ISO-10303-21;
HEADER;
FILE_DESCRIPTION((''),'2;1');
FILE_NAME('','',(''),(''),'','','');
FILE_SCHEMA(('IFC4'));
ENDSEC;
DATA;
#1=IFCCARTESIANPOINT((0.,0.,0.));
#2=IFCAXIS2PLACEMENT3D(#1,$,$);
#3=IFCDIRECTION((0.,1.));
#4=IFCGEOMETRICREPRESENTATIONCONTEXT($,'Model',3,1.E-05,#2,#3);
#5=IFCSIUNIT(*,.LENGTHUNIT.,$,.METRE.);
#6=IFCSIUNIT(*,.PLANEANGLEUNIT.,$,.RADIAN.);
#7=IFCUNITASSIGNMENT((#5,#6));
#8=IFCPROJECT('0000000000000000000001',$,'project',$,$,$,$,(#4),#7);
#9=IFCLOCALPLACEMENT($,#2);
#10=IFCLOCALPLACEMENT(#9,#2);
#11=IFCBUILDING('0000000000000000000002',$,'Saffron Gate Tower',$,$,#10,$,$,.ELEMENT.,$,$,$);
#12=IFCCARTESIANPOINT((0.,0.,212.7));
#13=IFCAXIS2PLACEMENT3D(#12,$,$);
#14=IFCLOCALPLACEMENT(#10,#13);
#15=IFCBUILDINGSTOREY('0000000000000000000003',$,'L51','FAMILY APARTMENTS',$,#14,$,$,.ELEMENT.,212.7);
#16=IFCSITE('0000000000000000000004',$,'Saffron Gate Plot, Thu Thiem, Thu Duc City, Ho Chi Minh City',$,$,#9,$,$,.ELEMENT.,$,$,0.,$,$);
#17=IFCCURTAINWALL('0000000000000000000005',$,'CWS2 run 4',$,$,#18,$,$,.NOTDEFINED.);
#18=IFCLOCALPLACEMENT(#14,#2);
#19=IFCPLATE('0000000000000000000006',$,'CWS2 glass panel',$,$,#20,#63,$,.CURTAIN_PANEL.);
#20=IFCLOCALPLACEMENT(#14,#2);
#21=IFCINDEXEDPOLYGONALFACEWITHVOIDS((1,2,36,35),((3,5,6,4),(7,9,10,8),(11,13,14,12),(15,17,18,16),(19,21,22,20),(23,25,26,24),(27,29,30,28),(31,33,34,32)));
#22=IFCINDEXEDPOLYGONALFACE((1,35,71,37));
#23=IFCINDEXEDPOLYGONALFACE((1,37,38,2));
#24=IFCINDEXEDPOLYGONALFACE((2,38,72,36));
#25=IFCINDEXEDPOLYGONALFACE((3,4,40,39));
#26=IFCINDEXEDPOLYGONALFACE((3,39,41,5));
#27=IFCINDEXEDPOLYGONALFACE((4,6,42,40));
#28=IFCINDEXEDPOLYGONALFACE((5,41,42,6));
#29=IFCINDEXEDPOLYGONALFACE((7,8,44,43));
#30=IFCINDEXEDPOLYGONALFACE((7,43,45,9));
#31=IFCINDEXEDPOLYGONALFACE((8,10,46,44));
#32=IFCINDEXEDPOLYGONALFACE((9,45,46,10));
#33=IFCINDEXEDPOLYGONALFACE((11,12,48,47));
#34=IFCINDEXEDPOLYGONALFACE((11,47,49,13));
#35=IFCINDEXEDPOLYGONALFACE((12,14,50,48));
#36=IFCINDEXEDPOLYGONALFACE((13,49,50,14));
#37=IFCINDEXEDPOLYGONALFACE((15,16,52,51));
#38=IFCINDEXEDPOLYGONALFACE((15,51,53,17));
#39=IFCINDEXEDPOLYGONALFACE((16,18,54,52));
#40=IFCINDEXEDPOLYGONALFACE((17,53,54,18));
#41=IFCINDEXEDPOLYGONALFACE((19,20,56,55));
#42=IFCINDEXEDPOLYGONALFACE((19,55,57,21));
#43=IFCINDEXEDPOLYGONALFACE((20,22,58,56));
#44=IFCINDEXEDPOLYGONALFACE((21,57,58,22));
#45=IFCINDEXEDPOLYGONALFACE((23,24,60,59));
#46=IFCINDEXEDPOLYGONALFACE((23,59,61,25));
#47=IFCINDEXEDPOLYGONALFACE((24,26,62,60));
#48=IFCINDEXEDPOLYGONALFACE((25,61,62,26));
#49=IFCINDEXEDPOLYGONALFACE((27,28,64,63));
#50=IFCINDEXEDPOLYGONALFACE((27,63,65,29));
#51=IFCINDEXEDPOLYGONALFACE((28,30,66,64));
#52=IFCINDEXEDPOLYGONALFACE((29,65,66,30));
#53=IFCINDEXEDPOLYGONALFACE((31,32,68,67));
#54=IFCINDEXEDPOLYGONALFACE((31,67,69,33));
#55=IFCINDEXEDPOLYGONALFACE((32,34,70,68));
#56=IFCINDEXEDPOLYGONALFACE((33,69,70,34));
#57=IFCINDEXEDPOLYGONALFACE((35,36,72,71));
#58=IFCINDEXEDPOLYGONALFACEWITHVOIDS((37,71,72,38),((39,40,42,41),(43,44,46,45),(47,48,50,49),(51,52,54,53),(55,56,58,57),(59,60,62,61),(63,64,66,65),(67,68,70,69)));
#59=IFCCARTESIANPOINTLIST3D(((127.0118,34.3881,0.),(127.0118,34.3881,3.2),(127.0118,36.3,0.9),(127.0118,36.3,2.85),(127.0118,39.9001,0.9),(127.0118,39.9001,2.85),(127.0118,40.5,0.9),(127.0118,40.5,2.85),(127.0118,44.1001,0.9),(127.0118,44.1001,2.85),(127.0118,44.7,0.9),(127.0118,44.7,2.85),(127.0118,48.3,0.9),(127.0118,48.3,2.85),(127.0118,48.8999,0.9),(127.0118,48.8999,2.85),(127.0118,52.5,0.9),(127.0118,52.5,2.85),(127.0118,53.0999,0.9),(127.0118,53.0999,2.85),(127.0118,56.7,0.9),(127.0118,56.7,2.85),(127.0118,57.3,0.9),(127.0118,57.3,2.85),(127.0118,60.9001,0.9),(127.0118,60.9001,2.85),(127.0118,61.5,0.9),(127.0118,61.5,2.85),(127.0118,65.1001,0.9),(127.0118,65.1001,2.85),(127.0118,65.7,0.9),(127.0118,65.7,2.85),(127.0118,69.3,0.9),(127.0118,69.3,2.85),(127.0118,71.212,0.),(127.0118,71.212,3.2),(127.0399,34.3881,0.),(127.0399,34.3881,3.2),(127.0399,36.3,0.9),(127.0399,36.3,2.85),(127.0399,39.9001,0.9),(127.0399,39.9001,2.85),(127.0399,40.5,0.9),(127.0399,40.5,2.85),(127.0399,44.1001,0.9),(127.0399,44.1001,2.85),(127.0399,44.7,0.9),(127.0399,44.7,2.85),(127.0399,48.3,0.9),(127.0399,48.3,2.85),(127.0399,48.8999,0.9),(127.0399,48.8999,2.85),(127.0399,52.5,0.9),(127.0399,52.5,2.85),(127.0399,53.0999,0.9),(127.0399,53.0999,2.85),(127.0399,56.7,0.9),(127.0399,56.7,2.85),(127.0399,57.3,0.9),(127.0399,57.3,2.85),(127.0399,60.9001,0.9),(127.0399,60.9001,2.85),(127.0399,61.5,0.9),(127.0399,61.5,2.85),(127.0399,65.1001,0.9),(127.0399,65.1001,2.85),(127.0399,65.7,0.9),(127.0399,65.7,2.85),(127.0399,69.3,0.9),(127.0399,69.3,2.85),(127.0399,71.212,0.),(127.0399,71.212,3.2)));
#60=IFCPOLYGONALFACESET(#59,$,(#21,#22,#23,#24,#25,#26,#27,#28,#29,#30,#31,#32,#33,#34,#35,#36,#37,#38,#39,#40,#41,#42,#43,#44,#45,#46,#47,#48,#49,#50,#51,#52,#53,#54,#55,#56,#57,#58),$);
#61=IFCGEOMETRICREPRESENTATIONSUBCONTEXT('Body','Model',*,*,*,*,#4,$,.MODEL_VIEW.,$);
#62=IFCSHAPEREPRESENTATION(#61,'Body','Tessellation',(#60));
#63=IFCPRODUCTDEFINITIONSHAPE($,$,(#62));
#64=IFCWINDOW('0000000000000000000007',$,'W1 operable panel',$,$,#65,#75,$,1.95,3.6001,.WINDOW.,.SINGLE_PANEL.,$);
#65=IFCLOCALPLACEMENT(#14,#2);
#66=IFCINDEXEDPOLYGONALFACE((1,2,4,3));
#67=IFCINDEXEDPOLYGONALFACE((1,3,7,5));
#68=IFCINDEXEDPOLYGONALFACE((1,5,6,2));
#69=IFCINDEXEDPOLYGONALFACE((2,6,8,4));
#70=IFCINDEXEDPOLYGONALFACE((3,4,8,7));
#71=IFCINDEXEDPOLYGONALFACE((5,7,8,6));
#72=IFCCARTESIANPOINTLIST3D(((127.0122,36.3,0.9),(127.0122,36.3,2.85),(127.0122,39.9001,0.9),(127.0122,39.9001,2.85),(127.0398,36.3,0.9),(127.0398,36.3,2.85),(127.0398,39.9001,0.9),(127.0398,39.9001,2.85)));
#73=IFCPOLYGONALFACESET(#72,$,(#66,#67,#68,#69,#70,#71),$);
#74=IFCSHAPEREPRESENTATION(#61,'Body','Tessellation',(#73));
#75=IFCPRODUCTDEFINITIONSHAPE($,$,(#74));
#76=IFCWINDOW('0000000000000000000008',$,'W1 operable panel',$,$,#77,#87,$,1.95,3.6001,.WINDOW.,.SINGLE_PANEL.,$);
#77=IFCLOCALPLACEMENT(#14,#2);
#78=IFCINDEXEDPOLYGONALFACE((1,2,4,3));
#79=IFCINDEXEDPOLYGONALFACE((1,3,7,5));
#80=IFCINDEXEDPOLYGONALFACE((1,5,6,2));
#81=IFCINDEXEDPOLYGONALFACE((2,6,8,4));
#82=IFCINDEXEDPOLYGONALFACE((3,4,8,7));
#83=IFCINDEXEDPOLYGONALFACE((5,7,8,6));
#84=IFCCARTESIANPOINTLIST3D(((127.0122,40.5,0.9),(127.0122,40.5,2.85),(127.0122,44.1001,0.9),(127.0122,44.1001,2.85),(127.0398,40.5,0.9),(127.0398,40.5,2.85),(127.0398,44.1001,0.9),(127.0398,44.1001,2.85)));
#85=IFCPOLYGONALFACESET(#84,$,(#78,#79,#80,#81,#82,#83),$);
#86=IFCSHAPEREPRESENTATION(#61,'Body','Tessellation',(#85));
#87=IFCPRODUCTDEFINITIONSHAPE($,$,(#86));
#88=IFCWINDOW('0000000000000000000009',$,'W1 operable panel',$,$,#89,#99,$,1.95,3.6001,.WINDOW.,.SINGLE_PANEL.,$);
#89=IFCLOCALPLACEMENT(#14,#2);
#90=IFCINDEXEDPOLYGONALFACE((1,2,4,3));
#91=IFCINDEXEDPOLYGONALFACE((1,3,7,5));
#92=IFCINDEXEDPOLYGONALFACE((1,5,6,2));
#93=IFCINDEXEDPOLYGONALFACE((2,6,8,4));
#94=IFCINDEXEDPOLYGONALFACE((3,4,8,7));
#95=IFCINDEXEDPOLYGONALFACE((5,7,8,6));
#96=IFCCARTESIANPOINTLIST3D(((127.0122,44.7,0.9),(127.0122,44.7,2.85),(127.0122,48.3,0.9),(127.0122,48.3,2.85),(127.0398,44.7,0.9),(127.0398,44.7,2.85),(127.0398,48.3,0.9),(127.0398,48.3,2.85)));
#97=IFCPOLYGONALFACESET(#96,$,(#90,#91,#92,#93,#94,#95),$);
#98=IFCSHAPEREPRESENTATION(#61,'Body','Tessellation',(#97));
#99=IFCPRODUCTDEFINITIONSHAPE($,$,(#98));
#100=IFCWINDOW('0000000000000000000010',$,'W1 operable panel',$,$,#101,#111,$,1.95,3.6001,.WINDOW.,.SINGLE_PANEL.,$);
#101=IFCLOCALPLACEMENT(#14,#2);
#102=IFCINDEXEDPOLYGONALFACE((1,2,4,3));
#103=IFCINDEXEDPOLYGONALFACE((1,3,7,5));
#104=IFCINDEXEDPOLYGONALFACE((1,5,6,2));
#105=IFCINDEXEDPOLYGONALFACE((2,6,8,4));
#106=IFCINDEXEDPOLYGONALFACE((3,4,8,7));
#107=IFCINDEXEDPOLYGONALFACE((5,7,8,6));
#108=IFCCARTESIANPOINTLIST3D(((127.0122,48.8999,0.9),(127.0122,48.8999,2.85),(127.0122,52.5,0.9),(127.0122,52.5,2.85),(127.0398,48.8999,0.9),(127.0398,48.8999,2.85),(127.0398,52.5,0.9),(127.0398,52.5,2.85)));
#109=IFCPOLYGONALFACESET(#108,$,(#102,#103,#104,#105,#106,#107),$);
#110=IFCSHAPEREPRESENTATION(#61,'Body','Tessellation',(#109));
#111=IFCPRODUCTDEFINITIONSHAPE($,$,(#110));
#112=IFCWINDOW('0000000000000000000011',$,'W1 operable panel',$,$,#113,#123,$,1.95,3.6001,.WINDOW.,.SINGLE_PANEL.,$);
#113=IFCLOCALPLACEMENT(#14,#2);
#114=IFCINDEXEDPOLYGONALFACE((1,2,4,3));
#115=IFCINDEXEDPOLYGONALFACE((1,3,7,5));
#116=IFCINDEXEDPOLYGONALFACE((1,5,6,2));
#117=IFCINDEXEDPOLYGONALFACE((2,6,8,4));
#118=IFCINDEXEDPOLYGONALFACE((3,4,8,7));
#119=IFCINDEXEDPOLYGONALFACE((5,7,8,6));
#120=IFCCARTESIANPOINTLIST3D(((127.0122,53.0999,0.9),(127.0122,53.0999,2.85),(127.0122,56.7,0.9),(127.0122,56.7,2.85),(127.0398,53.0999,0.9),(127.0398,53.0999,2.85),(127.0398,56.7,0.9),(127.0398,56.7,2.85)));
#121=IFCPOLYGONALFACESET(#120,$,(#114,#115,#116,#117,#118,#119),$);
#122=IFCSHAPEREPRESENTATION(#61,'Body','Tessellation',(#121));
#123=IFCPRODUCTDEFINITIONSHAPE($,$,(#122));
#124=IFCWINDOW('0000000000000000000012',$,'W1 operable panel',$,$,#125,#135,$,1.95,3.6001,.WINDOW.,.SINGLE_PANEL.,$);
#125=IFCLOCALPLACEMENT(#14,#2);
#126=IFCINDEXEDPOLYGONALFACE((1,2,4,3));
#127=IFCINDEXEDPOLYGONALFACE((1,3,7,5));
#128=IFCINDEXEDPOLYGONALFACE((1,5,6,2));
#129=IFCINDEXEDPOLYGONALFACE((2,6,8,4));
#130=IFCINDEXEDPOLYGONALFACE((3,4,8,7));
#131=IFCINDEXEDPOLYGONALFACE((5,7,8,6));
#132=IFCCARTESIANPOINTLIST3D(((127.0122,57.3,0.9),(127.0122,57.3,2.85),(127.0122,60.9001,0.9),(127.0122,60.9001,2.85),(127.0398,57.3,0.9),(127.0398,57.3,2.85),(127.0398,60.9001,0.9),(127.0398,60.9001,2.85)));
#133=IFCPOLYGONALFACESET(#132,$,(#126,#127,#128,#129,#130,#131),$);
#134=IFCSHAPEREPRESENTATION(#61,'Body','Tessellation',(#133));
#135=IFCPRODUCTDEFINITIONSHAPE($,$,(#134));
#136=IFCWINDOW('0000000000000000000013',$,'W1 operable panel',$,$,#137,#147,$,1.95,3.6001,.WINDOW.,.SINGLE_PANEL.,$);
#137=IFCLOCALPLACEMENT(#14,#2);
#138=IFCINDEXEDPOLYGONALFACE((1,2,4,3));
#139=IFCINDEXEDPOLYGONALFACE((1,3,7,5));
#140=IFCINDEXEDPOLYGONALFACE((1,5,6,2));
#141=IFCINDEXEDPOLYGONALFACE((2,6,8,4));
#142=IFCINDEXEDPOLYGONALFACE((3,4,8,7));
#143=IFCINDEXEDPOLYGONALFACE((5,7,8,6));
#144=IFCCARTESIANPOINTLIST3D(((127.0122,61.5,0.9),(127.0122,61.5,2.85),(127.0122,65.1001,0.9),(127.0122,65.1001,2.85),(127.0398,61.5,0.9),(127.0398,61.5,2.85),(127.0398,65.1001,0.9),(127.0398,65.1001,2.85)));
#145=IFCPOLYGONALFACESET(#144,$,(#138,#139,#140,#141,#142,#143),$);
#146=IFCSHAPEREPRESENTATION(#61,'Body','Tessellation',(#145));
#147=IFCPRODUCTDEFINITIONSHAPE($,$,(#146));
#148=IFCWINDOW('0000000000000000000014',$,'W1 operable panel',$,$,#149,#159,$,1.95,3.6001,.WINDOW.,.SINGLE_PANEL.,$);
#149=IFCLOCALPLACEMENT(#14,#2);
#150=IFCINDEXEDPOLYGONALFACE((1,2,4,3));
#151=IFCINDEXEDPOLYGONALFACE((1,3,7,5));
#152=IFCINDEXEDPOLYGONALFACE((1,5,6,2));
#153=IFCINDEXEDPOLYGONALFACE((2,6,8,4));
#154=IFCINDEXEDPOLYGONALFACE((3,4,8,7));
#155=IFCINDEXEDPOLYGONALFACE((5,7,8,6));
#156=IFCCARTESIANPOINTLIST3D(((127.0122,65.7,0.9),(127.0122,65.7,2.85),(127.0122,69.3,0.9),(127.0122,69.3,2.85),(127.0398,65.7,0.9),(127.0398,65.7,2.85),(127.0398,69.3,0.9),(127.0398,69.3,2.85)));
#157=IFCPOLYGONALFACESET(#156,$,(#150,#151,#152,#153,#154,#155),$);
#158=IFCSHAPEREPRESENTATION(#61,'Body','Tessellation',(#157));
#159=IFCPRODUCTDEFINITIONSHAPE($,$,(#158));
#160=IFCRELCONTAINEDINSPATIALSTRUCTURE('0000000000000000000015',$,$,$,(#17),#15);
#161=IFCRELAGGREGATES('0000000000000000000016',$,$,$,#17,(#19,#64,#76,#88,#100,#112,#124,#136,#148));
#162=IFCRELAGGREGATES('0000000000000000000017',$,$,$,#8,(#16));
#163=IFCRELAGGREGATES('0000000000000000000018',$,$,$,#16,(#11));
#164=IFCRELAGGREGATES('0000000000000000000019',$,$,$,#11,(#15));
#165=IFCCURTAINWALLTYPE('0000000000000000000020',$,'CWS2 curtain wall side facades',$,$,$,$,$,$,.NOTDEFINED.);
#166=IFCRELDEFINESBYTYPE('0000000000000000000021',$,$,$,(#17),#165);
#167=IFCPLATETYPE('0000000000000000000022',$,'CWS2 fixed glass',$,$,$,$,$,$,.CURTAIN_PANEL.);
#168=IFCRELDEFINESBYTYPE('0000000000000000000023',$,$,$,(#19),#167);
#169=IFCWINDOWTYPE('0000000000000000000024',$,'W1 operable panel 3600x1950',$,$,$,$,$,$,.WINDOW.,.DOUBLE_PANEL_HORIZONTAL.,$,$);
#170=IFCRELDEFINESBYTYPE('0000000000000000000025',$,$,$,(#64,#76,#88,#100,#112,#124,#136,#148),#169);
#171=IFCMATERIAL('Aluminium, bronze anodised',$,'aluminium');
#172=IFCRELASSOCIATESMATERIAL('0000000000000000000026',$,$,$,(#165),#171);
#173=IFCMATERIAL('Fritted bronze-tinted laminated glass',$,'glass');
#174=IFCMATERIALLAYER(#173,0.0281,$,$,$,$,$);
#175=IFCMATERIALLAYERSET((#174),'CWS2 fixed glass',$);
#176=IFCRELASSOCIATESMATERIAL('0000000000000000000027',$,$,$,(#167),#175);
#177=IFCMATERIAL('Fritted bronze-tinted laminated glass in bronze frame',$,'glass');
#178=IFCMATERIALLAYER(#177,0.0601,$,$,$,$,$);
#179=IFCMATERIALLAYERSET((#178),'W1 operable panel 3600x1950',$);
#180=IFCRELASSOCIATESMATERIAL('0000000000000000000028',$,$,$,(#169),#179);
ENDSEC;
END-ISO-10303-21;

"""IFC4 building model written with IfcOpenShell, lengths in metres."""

from ifc_helpers import new_model, si_unit, direction, frame, frame_2d, origin, place, context, subcontext, project, spatial, rectangle, extrude, material, layer, layer_set, type_object, element, fill, aggregate, save


model = new_model("IFC4")

# Units and contexts
model_context = context("Model", 3, precision=1e-05, world=origin(), true_north=direction((0.0, 1.0)))
body_context = subcontext(model_context, "Body", "Model", "MODEL_VIEW")
ifc_project = project(units=[si_unit("LENGTHUNIT", "METRE"), si_unit("PLANEANGLEUNIT", "RADIAN")], contexts=[model_context])

# Site, building, storey
site_placement = place(None, origin())
site = spatial("IfcSite", under=ifc_project, at=site_placement, Name="Saffron Gate Plot, Thu Thiem, Thu Duc City, Ho Chi Minh City", CompositionType="ELEMENT", RefElevation=0.0)
building_placement = place(site_placement, origin())
building = spatial("IfcBuilding", under=site, at=building_placement, Name="Saffron Gate Tower", CompositionType="ELEMENT")
storey_placement = place(building_placement, frame((0.0, 0.0, 212.7)))
storey = spatial("IfcBuildingStorey", under=building, at=storey_placement, Name="L51", Description="FAMILY APARTMENTS", CompositionType="ELEMENT", Elevation=212.7)

# Curtain wall
ifc_material_1 = material(Name="Aluminium, bronze anodised", Category="aluminium")
curtain_wall_type_1 = type_object("IfcCurtainWallType", Name="CWS2 curtain wall side facades", PredefinedType="NOTDEFINED", material=ifc_material_1)
curtain_wall_1_placement = place(storey_placement, origin())
curtain_wall_1 = element("IfcCurtainWall", 1, at=curtain_wall_1_placement, inside=storey, type_object=curtain_wall_type_1, Name="CWS2 run 4", PredefinedType="NOTDEFINED")

# Plate, openings, windows
ifc_material_2 = material(Name="Fritted bronze-tinted laminated glass", Category="glass")
ifc_layer_1 = layer(ifc_material_2, 0.0281)
ifc_layer_set_1 = layer_set([ifc_layer_1], Name="CWS2 fixed glass")
plate_type_1 = type_object("IfcPlateType", Name="CWS2 fixed glass", PredefinedType="CURTAIN_PANEL", material=ifc_layer_set_1)
plate_1_placement = place(storey_placement, frame((127.0259, 34.3879, 0.0), z_axis=(0.0, 0.0, 1.0), x_axis=(0.0, 1.0, 0.0)))
plate_1 = element("IfcPlate", 2, at=plate_1_placement, type_object=plate_type_1, Name="CWS2 glass panel", PredefinedType="CURTAIN_PANEL", context=body_context, shape_type="SweptSolid", body=[
    extrude(rectangle(XDim=36.824, YDim=0.0281, at=frame_2d((18.4121, 0.0))), origin(), (0.0, 0.0, 1.0), 3.2),
])
opening_1_placement = place(plate_1_placement, frame((1.9121, 0.0, 0.8999)))
opening_1 = element("IfcOpeningElement", 3, at=opening_1_placement, cuts=plate_1, PredefinedType="OPENING", context=body_context, shape_type="SweptSolid", body=[
    extrude(rectangle(XDim=3.6001, YDim=1.95, at=frame_2d((1.8, 0.9751))), frame((0.0, 0.0239, 0.0), z_axis=(0.0, -1.0, 0.0), x_axis=(1.0, 0.0, 0.0)), (0.0, 0.0, 1.0), 0.0481),
])
opening_2_placement = place(plate_1_placement, frame((6.1121, 0.0, 0.8999)))
opening_2 = element("IfcOpeningElement", 4, at=opening_2_placement, cuts=plate_1, PredefinedType="OPENING", context=body_context, shape_type="SweptSolid", body=[
    extrude(rectangle(XDim=3.6001, YDim=1.95, at=frame_2d((1.8, 0.9751))), frame((0.0, 0.0239, 0.0), z_axis=(0.0, -1.0, 0.0), x_axis=(1.0, 0.0, 0.0)), (0.0, 0.0, 1.0), 0.0481),
])
opening_3_placement = place(plate_1_placement, frame((10.312, 0.0, 0.8999)))
opening_3 = element("IfcOpeningElement", 5, at=opening_3_placement, cuts=plate_1, PredefinedType="OPENING", context=body_context, shape_type="SweptSolid", body=[
    extrude(rectangle(XDim=3.6001, YDim=1.95, at=frame_2d((1.8, 0.9751))), frame((0.0, 0.0239, 0.0), z_axis=(0.0, -1.0, 0.0), x_axis=(1.0, 0.0, 0.0)), (0.0, 0.0, 1.0), 0.0481),
])
opening_4_placement = place(plate_1_placement, frame((14.512, 0.0, 0.8999)))
opening_4 = element("IfcOpeningElement", 6, at=opening_4_placement, cuts=plate_1, PredefinedType="OPENING", context=body_context, shape_type="SweptSolid", body=[
    extrude(rectangle(XDim=3.6001, YDim=1.95, at=frame_2d((1.8, 0.9751))), frame((0.0, 0.0239, 0.0), z_axis=(0.0, -1.0, 0.0), x_axis=(1.0, 0.0, 0.0)), (0.0, 0.0, 1.0), 0.0481),
])
opening_5_placement = place(plate_1_placement, frame((18.7119, 0.0, 0.8999)))
opening_5 = element("IfcOpeningElement", 7, at=opening_5_placement, cuts=plate_1, PredefinedType="OPENING", context=body_context, shape_type="SweptSolid", body=[
    extrude(rectangle(XDim=3.6001, YDim=1.95, at=frame_2d((1.8, 0.9751))), frame((0.0, 0.0239, 0.0), z_axis=(0.0, -1.0, 0.0), x_axis=(1.0, 0.0, 0.0)), (0.0, 0.0, 1.0), 0.0481),
])
opening_6_placement = place(plate_1_placement, frame((22.9121, 0.0, 0.8999)))
opening_6 = element("IfcOpeningElement", 8, at=opening_6_placement, cuts=plate_1, PredefinedType="OPENING", context=body_context, shape_type="SweptSolid", body=[
    extrude(rectangle(XDim=3.6001, YDim=1.95, at=frame_2d((1.8, 0.9751))), frame((0.0, 0.0239, 0.0), z_axis=(0.0, -1.0, 0.0), x_axis=(1.0, 0.0, 0.0)), (0.0, 0.0, 1.0), 0.0481),
])
opening_7_placement = place(plate_1_placement, frame((27.1121, 0.0, 0.8999)))
opening_7 = element("IfcOpeningElement", 9, at=opening_7_placement, cuts=plate_1, PredefinedType="OPENING", context=body_context, shape_type="SweptSolid", body=[
    extrude(rectangle(XDim=3.6001, YDim=1.95, at=frame_2d((1.8, 0.9751))), frame((0.0, 0.0239, 0.0), z_axis=(0.0, -1.0, 0.0), x_axis=(1.0, 0.0, 0.0)), (0.0, 0.0, 1.0), 0.0481),
])
opening_8_placement = place(plate_1_placement, frame((31.312, 0.0, 0.8999)))
opening_8 = element("IfcOpeningElement", 10, at=opening_8_placement, cuts=plate_1, PredefinedType="OPENING", context=body_context, shape_type="SweptSolid", body=[
    extrude(rectangle(XDim=3.6001, YDim=1.95, at=frame_2d((1.8, 0.9751))), frame((0.0, 0.0239, 0.0), z_axis=(0.0, -1.0, 0.0), x_axis=(1.0, 0.0, 0.0)), (0.0, 0.0, 1.0), 0.0481),
])
ifc_material_3 = material(Name="Fritted bronze-tinted laminated glass in bronze frame", Category="glass")
ifc_layer_2 = layer(ifc_material_3, 0.0601)
ifc_layer_set_2 = layer_set([ifc_layer_2], Name="W1 operable panel 3600x1950")
window_type = type_object("IfcWindowType", Name="W1 operable panel 3600x1950", PartitioningType="DOUBLE_PANEL_HORIZONTAL", PredefinedType="WINDOW", material=ifc_layer_set_2)
window_1_placement = place(opening_1_placement, origin())
window_1 = element("IfcWindow", 11, at=window_1_placement, type_object=window_type, Name="W1 operable panel", OverallHeight=1.95, OverallWidth=3.6001, PartitioningType="SINGLE_PANEL", PredefinedType="WINDOW", context=body_context, shape_type="SweptSolid", body=[
    extrude(rectangle(XDim=3.6001, YDim=1.95, at=frame_2d((1.8, 0.9751))), frame((0.0, 0.0137, 0.0), z_axis=(0.0, -1.0, 0.0), x_axis=(1.0, 0.0, 0.0)), (0.0, 0.0, 1.0), 0.0276),
])
fill(opening_1, window_1)
window_2_placement = place(opening_2_placement, origin())
window_2 = element("IfcWindow", 12, at=window_2_placement, type_object=window_type, Name="W1 operable panel", OverallHeight=1.95, OverallWidth=3.6001, PartitioningType="SINGLE_PANEL", PredefinedType="WINDOW", context=body_context, shape_type="SweptSolid", body=[
    extrude(rectangle(XDim=3.6001, YDim=1.95, at=frame_2d((1.8, 0.9751))), frame((0.0, 0.0137, 0.0), z_axis=(0.0, -1.0, 0.0), x_axis=(1.0, 0.0, 0.0)), (0.0, 0.0, 1.0), 0.0276),
])
fill(opening_2, window_2)
window_3_placement = place(opening_3_placement, origin())
window_3 = element("IfcWindow", 13, at=window_3_placement, type_object=window_type, Name="W1 operable panel", OverallHeight=1.95, OverallWidth=3.6001, PartitioningType="SINGLE_PANEL", PredefinedType="WINDOW", context=body_context, shape_type="SweptSolid", body=[
    extrude(rectangle(XDim=3.6001, YDim=1.95, at=frame_2d((1.8, 0.9751))), frame((0.0, 0.0137, 0.0), z_axis=(0.0, -1.0, 0.0), x_axis=(1.0, 0.0, 0.0)), (0.0, 0.0, 1.0), 0.0276),
])
fill(opening_3, window_3)
window_4_placement = place(opening_4_placement, origin())
window_4 = element("IfcWindow", 14, at=window_4_placement, type_object=window_type, Name="W1 operable panel", OverallHeight=1.95, OverallWidth=3.6001, PartitioningType="SINGLE_PANEL", PredefinedType="WINDOW", context=body_context, shape_type="SweptSolid", body=[
    extrude(rectangle(XDim=3.6001, YDim=1.95, at=frame_2d((1.8, 0.9751))), frame((0.0, 0.0137, 0.0), z_axis=(0.0, -1.0, 0.0), x_axis=(1.0, 0.0, 0.0)), (0.0, 0.0, 1.0), 0.0276),
])
fill(opening_4, window_4)
window_5_placement = place(opening_5_placement, origin())
window_5 = element("IfcWindow", 15, at=window_5_placement, type_object=window_type, Name="W1 operable panel", OverallHeight=1.95, OverallWidth=3.6001, PartitioningType="SINGLE_PANEL", PredefinedType="WINDOW", context=body_context, shape_type="SweptSolid", body=[
    extrude(rectangle(XDim=3.6001, YDim=1.95, at=frame_2d((1.8, 0.9751))), frame((0.0, 0.0137, 0.0), z_axis=(0.0, -1.0, 0.0), x_axis=(1.0, 0.0, 0.0)), (0.0, 0.0, 1.0), 0.0276),
])
fill(opening_5, window_5)
window_6_placement = place(opening_6_placement, origin())
window_6 = element("IfcWindow", 16, at=window_6_placement, type_object=window_type, Name="W1 operable panel", OverallHeight=1.95, OverallWidth=3.6001, PartitioningType="SINGLE_PANEL", PredefinedType="WINDOW", context=body_context, shape_type="SweptSolid", body=[
    extrude(rectangle(XDim=3.6001, YDim=1.95, at=frame_2d((1.8, 0.9751))), frame((0.0, 0.0137, 0.0), z_axis=(0.0, -1.0, 0.0), x_axis=(1.0, 0.0, 0.0)), (0.0, 0.0, 1.0), 0.0276),
])
fill(opening_6, window_6)
window_7_placement = place(opening_7_placement, origin())
window_7 = element("IfcWindow", 17, at=window_7_placement, type_object=window_type, Name="W1 operable panel", OverallHeight=1.95, OverallWidth=3.6001, PartitioningType="SINGLE_PANEL", PredefinedType="WINDOW", context=body_context, shape_type="SweptSolid", body=[
    extrude(rectangle(XDim=3.6001, YDim=1.95, at=frame_2d((1.8, 0.9751))), frame((0.0, 0.0137, 0.0), z_axis=(0.0, -1.0, 0.0), x_axis=(1.0, 0.0, 0.0)), (0.0, 0.0, 1.0), 0.0276),
])
fill(opening_7, window_7)
window_8_placement = place(opening_8_placement, origin())
window_8 = element("IfcWindow", 18, at=window_8_placement, type_object=window_type, Name="W1 operable panel", OverallHeight=1.95, OverallWidth=3.6001, PartitioningType="SINGLE_PANEL", PredefinedType="WINDOW", context=body_context, shape_type="SweptSolid", body=[
    extrude(rectangle(XDim=3.6001, YDim=1.95, at=frame_2d((1.8, 0.9751))), frame((0.0, 0.0137, 0.0), z_axis=(0.0, -1.0, 0.0), x_axis=(1.0, 0.0, 0.0)), (0.0, 0.0, 1.0), 0.0276),
])
fill(opening_8, window_8)
aggregate(curtain_wall_1, [plate_1, window_1, window_2, window_3, window_4, window_5, window_6, window_7, window_8])

save(model, "model.ifc")
